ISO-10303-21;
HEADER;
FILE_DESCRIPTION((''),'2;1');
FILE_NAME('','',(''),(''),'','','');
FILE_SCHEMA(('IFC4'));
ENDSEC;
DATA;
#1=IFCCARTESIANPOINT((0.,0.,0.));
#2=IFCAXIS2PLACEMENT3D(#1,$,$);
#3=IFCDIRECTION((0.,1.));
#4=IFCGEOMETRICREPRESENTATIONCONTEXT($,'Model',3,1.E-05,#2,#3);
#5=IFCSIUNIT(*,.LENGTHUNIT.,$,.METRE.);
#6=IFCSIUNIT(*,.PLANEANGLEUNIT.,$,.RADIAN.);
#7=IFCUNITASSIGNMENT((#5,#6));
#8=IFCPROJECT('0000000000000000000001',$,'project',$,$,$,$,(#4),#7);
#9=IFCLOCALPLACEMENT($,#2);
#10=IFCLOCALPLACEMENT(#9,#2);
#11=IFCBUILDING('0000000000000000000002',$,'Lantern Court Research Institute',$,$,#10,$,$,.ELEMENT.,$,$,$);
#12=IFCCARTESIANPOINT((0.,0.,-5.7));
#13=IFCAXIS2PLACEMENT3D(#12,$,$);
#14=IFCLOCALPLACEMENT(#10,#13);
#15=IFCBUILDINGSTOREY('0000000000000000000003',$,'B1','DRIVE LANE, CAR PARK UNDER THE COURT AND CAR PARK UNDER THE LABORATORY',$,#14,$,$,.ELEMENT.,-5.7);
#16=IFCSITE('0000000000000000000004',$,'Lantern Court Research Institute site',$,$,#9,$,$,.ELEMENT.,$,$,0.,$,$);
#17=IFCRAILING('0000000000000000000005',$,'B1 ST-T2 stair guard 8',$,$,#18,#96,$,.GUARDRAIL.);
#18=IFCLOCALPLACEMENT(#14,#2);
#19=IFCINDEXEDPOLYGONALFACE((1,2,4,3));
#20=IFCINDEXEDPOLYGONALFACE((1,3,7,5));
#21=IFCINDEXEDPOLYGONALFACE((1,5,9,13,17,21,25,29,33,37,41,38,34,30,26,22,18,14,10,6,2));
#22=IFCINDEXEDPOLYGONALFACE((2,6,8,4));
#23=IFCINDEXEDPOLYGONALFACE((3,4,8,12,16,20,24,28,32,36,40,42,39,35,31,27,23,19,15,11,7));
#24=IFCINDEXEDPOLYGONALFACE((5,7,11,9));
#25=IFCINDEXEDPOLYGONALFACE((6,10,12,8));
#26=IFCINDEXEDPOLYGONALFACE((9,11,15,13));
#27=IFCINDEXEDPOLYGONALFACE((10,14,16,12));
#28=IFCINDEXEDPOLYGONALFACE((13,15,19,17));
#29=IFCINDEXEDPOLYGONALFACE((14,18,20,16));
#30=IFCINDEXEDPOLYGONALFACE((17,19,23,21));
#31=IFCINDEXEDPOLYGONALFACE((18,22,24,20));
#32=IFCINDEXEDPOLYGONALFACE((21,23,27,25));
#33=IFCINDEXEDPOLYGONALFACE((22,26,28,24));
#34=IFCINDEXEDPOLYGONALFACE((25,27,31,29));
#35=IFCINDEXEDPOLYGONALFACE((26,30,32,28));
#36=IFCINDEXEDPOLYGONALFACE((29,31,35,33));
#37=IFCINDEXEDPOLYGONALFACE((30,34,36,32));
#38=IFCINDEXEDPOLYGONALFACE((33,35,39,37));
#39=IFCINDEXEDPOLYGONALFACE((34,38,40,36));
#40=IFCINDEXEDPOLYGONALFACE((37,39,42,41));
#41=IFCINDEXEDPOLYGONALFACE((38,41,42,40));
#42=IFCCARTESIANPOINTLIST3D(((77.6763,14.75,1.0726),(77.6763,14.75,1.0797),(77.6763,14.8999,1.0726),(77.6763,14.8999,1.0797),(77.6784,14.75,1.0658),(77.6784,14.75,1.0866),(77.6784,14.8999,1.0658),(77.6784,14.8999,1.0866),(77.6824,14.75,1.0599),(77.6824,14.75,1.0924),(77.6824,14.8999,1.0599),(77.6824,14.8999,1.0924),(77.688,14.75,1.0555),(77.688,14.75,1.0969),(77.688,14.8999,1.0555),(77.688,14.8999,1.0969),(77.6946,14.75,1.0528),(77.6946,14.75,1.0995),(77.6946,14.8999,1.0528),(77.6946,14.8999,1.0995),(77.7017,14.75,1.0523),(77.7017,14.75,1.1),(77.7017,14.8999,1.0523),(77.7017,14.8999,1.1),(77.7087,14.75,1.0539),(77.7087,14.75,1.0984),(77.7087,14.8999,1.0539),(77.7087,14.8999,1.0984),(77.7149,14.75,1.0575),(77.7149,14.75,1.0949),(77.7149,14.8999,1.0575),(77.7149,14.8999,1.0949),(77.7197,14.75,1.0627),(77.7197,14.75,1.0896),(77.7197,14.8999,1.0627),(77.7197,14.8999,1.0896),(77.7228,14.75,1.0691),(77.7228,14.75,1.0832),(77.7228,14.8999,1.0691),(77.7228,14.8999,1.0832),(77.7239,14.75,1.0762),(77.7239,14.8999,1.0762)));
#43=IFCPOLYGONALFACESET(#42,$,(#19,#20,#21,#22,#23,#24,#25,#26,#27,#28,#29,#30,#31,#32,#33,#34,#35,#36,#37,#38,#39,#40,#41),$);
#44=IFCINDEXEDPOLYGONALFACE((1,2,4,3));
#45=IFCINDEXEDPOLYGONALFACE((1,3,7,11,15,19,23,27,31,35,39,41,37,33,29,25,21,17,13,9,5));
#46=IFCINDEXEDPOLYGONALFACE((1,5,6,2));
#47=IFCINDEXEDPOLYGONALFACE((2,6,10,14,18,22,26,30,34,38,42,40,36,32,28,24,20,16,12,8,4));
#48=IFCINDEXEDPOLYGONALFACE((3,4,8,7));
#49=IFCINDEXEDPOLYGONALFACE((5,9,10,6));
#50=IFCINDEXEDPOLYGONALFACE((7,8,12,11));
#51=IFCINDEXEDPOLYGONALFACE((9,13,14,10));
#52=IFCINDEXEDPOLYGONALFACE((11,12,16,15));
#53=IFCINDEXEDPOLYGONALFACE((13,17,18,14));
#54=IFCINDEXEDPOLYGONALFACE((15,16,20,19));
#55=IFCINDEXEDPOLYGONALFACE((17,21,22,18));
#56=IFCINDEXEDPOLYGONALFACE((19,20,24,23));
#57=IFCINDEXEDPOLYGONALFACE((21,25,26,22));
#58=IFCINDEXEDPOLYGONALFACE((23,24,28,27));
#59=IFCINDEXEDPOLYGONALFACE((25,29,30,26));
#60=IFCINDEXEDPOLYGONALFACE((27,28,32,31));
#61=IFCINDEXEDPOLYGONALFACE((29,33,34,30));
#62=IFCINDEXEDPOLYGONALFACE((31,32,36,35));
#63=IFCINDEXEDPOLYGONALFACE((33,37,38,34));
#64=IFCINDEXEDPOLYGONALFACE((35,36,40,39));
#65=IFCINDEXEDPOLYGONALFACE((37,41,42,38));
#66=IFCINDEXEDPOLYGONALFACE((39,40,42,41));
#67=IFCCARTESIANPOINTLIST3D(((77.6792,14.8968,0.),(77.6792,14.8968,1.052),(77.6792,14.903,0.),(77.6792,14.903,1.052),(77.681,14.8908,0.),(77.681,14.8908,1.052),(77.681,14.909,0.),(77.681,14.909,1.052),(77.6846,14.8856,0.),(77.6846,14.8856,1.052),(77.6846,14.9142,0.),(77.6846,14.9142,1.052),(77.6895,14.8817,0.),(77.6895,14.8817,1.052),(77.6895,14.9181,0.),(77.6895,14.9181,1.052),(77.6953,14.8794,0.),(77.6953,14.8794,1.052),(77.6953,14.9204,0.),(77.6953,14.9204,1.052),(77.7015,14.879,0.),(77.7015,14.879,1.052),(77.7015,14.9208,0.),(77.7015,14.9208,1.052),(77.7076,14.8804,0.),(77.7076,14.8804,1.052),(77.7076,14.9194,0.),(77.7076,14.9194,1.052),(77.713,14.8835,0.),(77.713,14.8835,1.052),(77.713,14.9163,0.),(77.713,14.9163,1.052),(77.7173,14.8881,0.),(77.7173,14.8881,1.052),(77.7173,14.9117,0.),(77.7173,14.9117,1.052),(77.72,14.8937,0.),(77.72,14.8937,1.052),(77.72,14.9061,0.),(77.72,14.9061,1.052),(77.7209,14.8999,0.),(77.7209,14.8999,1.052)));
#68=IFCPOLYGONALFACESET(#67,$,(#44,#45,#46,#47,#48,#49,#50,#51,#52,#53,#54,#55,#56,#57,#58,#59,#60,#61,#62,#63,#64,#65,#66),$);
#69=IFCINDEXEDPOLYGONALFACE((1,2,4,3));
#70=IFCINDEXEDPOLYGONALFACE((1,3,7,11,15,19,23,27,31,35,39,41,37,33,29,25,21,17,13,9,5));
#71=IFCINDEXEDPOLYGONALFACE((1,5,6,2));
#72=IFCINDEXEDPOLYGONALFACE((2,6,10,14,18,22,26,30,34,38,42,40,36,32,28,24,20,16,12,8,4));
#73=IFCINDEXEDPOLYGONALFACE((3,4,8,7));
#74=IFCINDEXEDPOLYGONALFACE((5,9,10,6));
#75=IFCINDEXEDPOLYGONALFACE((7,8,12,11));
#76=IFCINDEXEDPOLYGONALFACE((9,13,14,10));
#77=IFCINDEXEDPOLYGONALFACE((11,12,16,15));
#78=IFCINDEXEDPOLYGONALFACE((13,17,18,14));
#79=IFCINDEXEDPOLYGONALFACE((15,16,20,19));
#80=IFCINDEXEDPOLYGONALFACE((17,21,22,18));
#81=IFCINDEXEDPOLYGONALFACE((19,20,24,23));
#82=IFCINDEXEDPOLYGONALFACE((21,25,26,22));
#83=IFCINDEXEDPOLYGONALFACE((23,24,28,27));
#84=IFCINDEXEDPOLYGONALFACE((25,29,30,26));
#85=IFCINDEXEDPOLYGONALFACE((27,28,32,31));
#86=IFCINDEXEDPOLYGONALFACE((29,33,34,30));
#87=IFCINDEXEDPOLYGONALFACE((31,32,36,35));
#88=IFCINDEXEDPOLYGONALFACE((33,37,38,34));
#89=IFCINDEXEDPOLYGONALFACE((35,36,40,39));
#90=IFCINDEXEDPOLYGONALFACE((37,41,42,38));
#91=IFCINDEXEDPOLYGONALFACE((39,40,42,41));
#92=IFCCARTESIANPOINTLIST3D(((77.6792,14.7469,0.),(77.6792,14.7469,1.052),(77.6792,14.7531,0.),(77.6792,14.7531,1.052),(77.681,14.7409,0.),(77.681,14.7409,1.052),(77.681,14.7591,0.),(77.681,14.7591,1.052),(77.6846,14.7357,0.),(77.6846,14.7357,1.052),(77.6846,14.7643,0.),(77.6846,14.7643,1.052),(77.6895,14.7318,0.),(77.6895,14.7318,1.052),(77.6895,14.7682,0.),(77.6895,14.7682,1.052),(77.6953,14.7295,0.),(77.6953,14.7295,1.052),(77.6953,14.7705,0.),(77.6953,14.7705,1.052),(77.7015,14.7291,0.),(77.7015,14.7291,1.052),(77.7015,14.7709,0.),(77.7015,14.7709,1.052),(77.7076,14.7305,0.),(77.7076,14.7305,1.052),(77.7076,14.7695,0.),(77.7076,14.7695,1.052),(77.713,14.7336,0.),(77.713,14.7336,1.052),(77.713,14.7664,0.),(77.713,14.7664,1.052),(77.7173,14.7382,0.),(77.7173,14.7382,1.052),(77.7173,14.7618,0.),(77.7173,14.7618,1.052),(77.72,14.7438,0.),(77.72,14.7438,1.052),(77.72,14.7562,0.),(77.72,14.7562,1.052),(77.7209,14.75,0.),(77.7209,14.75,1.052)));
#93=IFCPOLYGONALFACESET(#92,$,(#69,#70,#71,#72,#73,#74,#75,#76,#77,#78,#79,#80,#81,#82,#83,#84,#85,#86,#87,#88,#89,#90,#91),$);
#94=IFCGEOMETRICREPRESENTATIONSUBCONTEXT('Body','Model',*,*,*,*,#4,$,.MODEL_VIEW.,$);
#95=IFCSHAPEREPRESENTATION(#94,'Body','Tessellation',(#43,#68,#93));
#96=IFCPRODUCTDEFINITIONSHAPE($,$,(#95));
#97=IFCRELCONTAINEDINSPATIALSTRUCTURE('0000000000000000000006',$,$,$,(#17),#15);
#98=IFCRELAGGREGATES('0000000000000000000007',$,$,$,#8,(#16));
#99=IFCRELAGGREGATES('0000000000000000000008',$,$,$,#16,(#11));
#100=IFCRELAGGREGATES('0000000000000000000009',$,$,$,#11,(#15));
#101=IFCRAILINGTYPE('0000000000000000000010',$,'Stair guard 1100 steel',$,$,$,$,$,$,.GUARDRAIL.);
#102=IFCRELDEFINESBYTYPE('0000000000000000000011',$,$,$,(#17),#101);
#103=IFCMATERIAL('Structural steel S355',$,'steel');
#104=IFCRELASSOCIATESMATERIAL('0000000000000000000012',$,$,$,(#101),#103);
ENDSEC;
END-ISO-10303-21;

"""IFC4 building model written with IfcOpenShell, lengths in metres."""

from ifc_helpers import new_model, si_unit, direction, frame, origin, origin_2d, place, context, subcontext, project, spatial, circle, extrude, material, type_object, element, save


model = new_model("IFC4")

# Units and contexts
model_context = context("Model", 3, precision=1e-05, world=origin(), true_north=direction((0.0, 1.0)))
body_context = subcontext(model_context, "Body", "Model", "MODEL_VIEW")
ifc_project = project(units=[si_unit("LENGTHUNIT", "METRE"), si_unit("PLANEANGLEUNIT", "RADIAN")], contexts=[model_context])

# Site, building, storey
site_placement = place(None, origin())
site = spatial("IfcSite", under=ifc_project, at=site_placement, Name="Lantern Court Research Institute site", CompositionType="ELEMENT", RefElevation=0.0)
building_placement = place(site_placement, origin())
building = spatial("IfcBuilding", under=site, at=building_placement, Name="Lantern Court Research Institute", CompositionType="ELEMENT")
storey_placement = place(building_placement, frame((0.0, 0.0, -5.7)))
storey = spatial("IfcBuildingStorey", under=building, at=storey_placement, Name="B1", Description="DRIVE LANE, CAR PARK UNDER THE COURT AND CAR PARK UNDER THE LABORATORY", CompositionType="ELEMENT", Elevation=-5.7)

# Railing
ifc_material_1 = material(Name="Structural steel S355", Category="steel")
railing_type_1 = type_object("IfcRailingType", Name="Stair guard 1100 steel", PredefinedType="GUARDRAIL", material=ifc_material_1)
railing_1_placement = place(storey_placement, frame((77.7, 14.8999, 0.0)))
element("IfcRailing", 1, at=railing_1_placement, inside=storey, type_object=railing_type_1, Name="B1 ST-T2 stair guard 8", PredefinedType="GUARDRAIL", context=body_context, shape_type="SweptSolid", body=[
    extrude(circle(Radius=0.0239, at=origin_2d()), frame((0.0, 0.0, 1.0762), z_axis=(0.0, -1.0, 0.0), x_axis=(1.0, 0.0, 0.0)), (0.0, 0.0, 1.0), 0.1499),
    extrude(circle(Radius=0.021, at=origin_2d()), origin(), (0.0, 0.0, 1.0), 1.052),
    extrude(circle(Radius=0.021, at=origin_2d()), frame((0.0, -0.1499, 0.0)), (0.0, 0.0, 1.0), 1.052),
])

save(model, "model.ifc")
